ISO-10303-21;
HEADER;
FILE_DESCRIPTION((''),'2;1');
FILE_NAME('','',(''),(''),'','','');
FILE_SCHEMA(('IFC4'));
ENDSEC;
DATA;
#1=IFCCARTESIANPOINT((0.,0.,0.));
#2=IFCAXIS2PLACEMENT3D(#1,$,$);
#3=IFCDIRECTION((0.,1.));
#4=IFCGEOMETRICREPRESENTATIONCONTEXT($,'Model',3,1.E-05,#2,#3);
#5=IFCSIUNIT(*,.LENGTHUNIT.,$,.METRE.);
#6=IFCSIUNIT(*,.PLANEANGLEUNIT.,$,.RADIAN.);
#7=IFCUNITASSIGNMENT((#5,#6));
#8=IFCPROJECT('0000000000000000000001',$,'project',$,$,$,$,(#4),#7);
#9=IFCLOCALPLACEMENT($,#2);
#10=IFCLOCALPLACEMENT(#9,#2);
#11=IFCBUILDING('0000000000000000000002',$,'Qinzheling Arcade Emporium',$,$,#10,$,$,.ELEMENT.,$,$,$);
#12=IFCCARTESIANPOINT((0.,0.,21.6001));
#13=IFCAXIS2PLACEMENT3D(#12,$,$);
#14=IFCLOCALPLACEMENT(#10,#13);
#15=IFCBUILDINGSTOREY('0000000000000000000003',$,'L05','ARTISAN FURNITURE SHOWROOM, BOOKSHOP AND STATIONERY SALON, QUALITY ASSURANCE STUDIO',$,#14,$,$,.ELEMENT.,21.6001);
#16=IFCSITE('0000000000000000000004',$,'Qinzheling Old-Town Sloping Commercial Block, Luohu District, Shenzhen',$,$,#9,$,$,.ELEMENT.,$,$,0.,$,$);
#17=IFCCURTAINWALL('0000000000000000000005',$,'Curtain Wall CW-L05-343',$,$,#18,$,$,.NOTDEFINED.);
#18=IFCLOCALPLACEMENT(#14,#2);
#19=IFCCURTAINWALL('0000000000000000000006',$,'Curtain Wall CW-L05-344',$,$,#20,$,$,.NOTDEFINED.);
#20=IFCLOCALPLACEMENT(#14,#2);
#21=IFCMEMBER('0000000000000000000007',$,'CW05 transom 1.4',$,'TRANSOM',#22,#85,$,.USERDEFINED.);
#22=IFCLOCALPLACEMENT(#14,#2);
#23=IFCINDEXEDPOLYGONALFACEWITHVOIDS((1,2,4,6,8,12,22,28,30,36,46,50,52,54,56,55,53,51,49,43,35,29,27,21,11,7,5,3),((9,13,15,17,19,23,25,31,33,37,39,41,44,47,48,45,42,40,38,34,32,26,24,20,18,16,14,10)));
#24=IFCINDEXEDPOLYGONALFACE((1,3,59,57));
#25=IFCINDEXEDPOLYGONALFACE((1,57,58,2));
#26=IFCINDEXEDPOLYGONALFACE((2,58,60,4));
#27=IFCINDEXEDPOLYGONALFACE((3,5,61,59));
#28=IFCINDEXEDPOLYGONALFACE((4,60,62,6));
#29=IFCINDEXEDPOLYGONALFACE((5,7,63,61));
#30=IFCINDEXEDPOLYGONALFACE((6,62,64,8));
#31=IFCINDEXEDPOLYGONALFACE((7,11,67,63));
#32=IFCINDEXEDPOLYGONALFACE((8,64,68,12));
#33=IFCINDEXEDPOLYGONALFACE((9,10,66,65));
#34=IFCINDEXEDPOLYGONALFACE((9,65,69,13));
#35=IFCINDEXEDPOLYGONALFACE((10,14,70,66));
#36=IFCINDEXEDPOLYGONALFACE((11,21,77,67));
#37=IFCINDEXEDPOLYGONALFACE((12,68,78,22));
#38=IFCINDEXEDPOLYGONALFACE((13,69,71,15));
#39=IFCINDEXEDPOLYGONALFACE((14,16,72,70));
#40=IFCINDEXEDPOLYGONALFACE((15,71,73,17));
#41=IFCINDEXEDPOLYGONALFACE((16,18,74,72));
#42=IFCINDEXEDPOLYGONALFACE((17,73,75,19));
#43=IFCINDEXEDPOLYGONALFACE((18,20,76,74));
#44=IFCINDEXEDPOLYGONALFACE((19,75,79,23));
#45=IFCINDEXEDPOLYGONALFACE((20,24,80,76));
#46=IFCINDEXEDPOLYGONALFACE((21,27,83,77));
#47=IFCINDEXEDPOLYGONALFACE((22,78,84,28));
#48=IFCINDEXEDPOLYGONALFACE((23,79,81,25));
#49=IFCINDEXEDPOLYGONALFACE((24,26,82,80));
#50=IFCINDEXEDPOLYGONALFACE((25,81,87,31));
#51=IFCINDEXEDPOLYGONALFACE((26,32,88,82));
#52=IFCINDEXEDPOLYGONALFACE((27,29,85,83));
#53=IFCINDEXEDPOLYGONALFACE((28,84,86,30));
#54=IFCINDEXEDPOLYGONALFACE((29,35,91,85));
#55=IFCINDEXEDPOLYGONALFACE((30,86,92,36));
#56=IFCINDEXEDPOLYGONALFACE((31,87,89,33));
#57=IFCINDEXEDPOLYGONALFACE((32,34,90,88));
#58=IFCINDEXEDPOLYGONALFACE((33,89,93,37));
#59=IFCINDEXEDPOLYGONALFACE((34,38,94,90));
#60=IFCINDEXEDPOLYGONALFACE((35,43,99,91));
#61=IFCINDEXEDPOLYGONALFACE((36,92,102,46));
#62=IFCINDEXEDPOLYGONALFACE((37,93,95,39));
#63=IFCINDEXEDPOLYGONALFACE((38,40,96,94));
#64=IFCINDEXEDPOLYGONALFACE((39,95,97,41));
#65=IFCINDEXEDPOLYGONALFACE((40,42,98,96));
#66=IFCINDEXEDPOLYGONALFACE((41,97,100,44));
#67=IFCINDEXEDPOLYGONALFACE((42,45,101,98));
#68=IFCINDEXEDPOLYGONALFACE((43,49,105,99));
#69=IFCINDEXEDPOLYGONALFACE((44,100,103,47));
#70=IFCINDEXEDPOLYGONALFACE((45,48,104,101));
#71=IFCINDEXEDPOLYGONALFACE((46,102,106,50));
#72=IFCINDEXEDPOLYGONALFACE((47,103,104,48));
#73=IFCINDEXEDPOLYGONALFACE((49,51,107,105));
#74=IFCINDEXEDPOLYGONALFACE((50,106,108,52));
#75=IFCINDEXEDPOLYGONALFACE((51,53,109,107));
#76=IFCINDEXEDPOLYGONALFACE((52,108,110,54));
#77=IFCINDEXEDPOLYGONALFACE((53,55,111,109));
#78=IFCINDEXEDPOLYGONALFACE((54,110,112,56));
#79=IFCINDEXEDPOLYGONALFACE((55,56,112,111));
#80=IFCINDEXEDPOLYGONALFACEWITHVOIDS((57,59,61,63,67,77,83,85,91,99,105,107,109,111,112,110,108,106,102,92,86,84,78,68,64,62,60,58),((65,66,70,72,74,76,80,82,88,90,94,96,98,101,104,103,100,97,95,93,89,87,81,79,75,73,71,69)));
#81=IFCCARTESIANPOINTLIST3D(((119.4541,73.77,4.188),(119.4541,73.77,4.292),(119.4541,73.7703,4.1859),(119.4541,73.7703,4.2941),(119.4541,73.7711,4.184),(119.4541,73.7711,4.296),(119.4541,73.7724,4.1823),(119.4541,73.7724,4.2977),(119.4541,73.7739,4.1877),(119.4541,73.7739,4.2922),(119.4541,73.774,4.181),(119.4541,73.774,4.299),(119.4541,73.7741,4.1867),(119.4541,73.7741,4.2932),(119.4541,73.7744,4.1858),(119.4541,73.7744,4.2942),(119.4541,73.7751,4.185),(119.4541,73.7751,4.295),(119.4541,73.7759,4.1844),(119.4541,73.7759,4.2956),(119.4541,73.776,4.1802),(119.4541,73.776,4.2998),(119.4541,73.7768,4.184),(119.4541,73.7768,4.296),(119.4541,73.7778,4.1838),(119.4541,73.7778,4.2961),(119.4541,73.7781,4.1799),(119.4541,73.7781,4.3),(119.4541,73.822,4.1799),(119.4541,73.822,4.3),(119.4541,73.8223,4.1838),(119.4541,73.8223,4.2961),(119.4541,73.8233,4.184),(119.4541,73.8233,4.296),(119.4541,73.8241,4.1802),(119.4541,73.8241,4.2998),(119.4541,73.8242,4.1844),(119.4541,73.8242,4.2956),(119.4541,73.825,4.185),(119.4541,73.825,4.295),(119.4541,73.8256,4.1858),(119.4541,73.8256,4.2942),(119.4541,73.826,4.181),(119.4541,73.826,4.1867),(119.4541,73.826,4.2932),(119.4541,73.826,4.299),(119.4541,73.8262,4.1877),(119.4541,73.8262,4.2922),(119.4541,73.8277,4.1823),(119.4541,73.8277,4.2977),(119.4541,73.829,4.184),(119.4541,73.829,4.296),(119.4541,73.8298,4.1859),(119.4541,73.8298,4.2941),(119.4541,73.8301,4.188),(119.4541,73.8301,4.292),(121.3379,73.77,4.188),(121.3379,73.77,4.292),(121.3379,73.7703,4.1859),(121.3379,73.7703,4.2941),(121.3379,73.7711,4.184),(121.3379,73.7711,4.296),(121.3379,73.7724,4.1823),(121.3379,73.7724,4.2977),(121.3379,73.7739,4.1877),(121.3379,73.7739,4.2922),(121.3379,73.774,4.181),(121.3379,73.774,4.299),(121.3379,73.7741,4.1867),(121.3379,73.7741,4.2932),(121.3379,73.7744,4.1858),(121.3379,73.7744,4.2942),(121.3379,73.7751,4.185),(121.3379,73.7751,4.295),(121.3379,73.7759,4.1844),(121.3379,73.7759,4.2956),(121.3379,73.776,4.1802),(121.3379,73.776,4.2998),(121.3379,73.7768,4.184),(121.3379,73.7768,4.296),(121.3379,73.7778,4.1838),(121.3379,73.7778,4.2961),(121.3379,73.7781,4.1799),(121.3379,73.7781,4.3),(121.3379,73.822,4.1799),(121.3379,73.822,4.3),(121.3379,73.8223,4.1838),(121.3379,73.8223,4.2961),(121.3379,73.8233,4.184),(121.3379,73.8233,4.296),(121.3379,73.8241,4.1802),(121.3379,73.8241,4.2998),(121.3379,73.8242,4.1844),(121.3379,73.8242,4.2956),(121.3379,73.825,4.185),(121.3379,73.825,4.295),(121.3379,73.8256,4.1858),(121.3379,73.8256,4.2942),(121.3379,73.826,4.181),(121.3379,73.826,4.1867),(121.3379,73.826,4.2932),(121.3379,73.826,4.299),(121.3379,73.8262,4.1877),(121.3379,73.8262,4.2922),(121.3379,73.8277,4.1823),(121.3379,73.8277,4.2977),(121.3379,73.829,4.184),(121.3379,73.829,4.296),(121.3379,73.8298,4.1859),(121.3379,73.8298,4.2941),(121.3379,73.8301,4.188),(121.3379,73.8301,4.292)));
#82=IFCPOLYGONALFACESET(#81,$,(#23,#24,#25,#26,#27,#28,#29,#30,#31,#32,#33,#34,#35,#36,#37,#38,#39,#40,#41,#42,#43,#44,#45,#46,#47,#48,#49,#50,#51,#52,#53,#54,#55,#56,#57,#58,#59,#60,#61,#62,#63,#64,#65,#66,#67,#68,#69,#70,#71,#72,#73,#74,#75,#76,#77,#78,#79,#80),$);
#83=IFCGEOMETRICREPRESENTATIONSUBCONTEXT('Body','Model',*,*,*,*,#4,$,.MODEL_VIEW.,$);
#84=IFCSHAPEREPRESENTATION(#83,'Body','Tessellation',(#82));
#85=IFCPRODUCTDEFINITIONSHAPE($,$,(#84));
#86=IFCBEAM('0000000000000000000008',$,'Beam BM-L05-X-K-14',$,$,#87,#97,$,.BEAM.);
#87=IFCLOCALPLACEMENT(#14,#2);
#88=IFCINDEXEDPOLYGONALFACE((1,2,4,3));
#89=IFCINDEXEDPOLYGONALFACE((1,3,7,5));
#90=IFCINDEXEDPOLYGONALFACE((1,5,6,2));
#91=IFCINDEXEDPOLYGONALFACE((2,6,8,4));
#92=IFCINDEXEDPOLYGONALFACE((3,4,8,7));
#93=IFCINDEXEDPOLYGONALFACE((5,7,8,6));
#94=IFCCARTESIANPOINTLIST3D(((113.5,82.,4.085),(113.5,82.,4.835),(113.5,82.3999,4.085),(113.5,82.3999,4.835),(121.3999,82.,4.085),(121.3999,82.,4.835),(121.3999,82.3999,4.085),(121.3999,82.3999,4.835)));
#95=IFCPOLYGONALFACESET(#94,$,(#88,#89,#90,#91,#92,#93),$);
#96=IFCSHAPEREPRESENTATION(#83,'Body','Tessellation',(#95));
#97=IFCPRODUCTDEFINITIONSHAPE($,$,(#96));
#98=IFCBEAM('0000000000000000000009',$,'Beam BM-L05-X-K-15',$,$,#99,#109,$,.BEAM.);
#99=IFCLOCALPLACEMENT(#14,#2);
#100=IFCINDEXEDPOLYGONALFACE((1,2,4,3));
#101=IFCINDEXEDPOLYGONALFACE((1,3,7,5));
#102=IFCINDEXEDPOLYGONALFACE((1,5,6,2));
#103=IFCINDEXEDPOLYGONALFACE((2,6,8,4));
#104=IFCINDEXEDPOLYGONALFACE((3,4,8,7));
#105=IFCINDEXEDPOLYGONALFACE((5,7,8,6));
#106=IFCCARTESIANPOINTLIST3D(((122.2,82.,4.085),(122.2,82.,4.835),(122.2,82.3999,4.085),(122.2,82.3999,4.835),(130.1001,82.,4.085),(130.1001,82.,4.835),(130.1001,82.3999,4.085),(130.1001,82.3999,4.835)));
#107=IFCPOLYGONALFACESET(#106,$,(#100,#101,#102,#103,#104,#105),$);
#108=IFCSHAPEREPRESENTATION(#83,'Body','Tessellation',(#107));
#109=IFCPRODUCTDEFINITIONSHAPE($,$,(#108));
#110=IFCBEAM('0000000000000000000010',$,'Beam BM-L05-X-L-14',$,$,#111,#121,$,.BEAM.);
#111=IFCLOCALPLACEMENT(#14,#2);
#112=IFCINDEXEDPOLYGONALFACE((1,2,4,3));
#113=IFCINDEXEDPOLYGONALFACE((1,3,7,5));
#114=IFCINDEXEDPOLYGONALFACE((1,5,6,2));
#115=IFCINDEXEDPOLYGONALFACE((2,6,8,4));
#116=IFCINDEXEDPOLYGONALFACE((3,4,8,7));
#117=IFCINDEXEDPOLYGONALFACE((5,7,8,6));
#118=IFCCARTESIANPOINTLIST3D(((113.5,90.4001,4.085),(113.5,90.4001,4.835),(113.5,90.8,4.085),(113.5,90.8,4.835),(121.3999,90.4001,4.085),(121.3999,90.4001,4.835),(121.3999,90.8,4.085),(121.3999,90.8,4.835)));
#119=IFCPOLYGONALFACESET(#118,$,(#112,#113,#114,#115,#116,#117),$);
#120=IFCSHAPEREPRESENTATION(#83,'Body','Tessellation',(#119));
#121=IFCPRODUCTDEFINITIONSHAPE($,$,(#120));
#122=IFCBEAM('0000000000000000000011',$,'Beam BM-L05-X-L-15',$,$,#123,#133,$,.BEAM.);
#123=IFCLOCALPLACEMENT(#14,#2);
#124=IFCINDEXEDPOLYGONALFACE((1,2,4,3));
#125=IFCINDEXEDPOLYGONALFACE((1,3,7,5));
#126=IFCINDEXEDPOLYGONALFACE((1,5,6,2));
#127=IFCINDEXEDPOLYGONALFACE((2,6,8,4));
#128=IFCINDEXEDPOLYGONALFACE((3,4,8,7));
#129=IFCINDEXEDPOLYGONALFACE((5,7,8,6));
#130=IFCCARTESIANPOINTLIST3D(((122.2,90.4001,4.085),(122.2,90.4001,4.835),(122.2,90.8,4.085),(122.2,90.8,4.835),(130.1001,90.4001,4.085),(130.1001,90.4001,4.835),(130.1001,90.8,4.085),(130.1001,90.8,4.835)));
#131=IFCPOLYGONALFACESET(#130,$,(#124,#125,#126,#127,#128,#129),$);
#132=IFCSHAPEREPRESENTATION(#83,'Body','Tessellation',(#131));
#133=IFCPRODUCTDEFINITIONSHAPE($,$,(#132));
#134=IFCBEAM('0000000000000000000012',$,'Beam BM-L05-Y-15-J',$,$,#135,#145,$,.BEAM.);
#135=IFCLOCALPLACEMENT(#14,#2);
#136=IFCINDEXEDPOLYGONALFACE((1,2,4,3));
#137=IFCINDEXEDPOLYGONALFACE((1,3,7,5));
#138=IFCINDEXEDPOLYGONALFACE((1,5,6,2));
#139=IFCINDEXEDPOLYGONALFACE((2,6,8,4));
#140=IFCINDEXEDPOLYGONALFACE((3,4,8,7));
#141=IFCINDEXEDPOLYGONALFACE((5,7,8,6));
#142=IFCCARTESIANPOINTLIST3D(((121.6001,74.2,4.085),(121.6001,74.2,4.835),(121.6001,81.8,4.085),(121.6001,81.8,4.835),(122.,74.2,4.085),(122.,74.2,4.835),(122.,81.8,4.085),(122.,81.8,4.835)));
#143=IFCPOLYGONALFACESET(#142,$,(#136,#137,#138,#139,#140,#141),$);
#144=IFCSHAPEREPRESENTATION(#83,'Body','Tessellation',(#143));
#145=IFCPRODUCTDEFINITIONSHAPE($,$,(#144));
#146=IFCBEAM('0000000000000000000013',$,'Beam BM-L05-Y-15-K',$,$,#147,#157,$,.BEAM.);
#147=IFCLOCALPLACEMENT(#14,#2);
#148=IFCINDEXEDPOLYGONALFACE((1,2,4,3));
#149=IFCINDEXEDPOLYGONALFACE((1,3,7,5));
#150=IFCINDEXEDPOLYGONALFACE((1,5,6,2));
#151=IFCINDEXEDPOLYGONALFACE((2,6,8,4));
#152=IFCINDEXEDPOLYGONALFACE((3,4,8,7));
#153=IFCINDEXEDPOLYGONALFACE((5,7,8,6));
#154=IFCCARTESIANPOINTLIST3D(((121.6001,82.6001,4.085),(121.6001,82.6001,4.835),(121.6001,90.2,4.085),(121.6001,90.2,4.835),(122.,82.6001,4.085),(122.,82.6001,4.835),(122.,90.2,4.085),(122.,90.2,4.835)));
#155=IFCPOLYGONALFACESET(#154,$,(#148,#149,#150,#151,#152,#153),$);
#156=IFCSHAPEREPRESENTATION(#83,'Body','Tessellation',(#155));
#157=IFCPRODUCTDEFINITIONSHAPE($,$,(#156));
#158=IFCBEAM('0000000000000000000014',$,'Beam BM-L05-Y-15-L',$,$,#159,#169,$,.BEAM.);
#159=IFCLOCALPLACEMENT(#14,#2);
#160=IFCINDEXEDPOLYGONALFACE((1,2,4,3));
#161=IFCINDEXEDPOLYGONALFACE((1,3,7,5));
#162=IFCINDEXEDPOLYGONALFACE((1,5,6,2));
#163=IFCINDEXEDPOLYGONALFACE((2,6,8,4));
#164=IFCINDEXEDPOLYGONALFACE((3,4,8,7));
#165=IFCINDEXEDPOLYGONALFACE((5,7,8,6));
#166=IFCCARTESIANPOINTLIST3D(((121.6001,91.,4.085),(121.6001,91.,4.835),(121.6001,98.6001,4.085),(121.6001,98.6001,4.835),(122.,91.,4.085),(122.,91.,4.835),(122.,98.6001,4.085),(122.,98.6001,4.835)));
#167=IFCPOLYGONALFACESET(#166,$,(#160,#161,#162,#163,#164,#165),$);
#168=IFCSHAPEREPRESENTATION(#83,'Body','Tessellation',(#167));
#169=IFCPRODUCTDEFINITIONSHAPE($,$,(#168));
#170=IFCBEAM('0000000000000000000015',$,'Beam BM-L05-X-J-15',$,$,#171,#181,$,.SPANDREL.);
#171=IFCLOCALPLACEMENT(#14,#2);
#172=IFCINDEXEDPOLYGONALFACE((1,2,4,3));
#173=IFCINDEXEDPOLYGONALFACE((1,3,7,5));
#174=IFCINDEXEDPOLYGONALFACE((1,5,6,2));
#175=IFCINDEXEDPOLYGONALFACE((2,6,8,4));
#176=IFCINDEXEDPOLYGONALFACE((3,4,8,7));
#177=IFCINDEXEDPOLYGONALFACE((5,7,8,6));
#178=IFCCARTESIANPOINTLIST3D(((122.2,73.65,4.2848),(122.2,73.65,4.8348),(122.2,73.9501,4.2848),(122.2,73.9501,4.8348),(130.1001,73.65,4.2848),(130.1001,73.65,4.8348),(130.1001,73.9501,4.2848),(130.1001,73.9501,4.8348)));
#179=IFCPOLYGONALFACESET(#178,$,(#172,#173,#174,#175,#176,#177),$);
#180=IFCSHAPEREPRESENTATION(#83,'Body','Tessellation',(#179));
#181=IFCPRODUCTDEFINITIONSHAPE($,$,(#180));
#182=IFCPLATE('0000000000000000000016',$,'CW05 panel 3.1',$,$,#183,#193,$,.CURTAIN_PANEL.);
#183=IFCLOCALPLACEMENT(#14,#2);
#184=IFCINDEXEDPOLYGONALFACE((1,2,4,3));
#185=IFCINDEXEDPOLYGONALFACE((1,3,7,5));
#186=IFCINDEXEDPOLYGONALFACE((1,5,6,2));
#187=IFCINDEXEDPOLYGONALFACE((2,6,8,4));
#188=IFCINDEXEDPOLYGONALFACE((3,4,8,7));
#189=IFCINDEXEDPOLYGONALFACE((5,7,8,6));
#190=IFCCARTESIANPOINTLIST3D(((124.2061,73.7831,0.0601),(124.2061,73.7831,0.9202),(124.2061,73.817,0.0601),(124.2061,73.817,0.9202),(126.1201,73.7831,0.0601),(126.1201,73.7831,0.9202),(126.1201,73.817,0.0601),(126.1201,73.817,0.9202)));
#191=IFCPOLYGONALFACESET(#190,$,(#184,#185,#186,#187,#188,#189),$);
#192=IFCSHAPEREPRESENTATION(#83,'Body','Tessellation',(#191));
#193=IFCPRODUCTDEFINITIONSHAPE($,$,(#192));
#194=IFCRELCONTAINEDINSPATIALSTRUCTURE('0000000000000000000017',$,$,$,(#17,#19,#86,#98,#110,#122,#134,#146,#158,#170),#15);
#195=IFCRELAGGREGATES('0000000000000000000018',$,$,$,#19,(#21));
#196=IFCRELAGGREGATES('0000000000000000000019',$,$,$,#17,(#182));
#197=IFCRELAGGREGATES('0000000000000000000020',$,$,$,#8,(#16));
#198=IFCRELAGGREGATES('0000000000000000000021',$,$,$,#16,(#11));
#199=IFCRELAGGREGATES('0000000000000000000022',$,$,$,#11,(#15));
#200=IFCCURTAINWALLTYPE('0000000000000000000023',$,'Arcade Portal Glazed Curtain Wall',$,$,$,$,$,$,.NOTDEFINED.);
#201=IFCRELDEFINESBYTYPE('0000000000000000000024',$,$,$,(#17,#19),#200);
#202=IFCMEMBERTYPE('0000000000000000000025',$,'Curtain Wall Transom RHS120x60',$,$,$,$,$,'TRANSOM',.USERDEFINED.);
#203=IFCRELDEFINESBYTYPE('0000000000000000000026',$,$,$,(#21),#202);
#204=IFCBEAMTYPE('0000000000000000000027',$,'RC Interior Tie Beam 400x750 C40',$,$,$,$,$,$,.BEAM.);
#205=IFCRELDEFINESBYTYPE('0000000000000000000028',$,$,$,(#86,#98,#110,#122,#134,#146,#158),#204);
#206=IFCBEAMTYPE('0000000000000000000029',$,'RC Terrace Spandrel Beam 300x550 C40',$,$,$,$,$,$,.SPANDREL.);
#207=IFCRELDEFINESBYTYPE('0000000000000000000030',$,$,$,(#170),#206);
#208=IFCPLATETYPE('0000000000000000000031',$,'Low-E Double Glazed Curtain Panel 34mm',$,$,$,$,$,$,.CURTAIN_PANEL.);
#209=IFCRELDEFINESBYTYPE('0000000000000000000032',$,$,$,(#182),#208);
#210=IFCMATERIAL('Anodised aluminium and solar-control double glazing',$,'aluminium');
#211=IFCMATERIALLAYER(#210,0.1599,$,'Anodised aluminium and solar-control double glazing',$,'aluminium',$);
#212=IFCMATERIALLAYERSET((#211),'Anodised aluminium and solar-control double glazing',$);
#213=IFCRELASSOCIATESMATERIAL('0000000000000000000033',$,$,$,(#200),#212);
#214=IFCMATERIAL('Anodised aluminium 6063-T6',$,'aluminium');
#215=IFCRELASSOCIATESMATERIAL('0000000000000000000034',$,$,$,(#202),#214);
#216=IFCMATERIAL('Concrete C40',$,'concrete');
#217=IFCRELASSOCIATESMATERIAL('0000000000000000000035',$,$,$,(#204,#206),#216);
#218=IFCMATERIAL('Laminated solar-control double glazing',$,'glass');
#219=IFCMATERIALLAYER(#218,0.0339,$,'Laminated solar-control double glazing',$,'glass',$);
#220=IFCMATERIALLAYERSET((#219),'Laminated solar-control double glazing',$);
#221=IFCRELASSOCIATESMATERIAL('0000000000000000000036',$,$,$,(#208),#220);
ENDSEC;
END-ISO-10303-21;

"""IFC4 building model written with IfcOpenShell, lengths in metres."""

from ifc_helpers import new_model, si_unit, direction, frame, origin, origin_2d, place, context, subcontext, project, spatial, rectangle, hollow_rectangle, extrude, material, layer, layer_set, material_profile, profile_set, type_object, element, aggregate, save


model = new_model("IFC4")

# Units and contexts
model_context = context("Model", 3, precision=1e-05, world=origin(), true_north=direction((0.0, 1.0)))
body_context = subcontext(model_context, "Body", "Model", "MODEL_VIEW")
ifc_project = project(units=[si_unit("LENGTHUNIT", "METRE"), si_unit("PLANEANGLEUNIT", "RADIAN")], contexts=[model_context])

# Site, building, storey
site_placement = place(None, origin())
site = spatial("IfcSite", under=ifc_project, at=site_placement, Name="Qinzheling Old-Town Sloping Commercial Block, Luohu District, Shenzhen", CompositionType="ELEMENT", RefElevation=0.0)
building_placement = place(site_placement, origin())
building = spatial("IfcBuilding", under=site, at=building_placement, Name="Qinzheling Arcade Emporium", CompositionType="ELEMENT")
storey_placement = place(building_placement, frame((0.0, 0.0, 21.6001)))
storey = spatial("IfcBuildingStorey", under=building, at=storey_placement, Name="L05", Description="ARTISAN FURNITURE SHOWROOM, BOOKSHOP AND STATIONERY SALON, QUALITY ASSURANCE STUDIO", CompositionType="ELEMENT", Elevation=21.6001)

# Shared definitions
ifc_material_1 = material(Name="Concrete C40", Category="concrete")

# Curtain wall
ifc_material_2 = material(Name="Anodised aluminium and solar-control double glazing", Category="aluminium")
ifc_layer_1 = layer(ifc_material_2, 0.1599, Name="Anodised aluminium and solar-control double glazing", Category="aluminium")
ifc_layer_set_1 = layer_set([ifc_layer_1], Name="Anodised aluminium and solar-control double glazing")
curtain_wall_type = type_object("IfcCurtainWallType", Name="Arcade Portal Glazed Curtain Wall", PredefinedType="NOTDEFINED", material=ifc_layer_set_1)
curtain_wall_1_placement = place(storey_placement, origin())
curtain_wall_1 = element("IfcCurtainWall", 1, at=curtain_wall_1_placement, inside=storey, type_object=curtain_wall_type, Name="Curtain Wall CW-L05-343", PredefinedType="NOTDEFINED")
ifc_material_3 = material(Name="Anodised aluminium 6063-T6", Category="aluminium")

# Curtain wall
curtain_wall_2_placement = place(storey_placement, origin())
curtain_wall_2 = element("IfcCurtainWall", 2, at=curtain_wall_2_placement, inside=storey, type_object=curtain_wall_type, Name="Curtain Wall CW-L05-344", PredefinedType="NOTDEFINED")

# Member
ifc_material_profile_1 = material_profile(ifc_material_3, hollow_rectangle(XDim=0.0601, YDim=0.1201, WallThickness=0.0039, InnerFilletRadius=0.0039, OuterFilletRadius=0.0081, at=origin_2d()), Name="RHS 120x60x4", Category="aluminium")
ifc_profile_set_1 = profile_set([ifc_material_profile_1], Name="Anodised aluminium 6063-T6")
member_type_1 = type_object("IfcMemberType", Name="Curtain Wall Transom RHS120x60", ElementType="TRANSOM", PredefinedType="USERDEFINED", material=ifc_profile_set_1)
member_1_placement = place(storey_placement, frame((121.3379, 73.8, 4.24), z_axis=(-1.0, 0.0, 0.0), x_axis=(0.0, -1.0, 0.0)))
member_1 = element("IfcMember", 3, at=member_1_placement, type_object=member_type_1, Name="CW05 transom 1.4", ObjectType="TRANSOM", PredefinedType="USERDEFINED", context=body_context, shape_type="SweptSolid", body=[
    extrude(hollow_rectangle(XDim=0.0601, YDim=0.1201, WallThickness=0.0039, InnerFilletRadius=0.0039, OuterFilletRadius=0.0081, at=origin_2d()), origin(), (0.0, 0.0, 1.0), 1.8838),
])
aggregate(curtain_wall_2, [member_1])

# Beams
ifc_material_profile_2 = material_profile(ifc_material_1, rectangle(XDim=0.3999, YDim=0.75, at=origin_2d()), Name="RC 400x750", Category="concrete")
ifc_profile_set_2 = profile_set([ifc_material_profile_2], Name="Concrete C40")
beam_type_1 = type_object("IfcBeamType", Name="RC Interior Tie Beam 400x750 C40", PredefinedType="BEAM", material=ifc_profile_set_2)
beam_1_placement = place(storey_placement, frame((113.5, 82.2, 4.46), z_axis=(1.0, 0.0, 0.0), x_axis=(0.0, 1.0, 0.0)))
element("IfcBeam", 4, at=beam_1_placement, inside=storey, type_object=beam_type_1, Name="Beam BM-L05-X-K-14", PredefinedType="BEAM", context=body_context, shape_type="SweptSolid", body=[
    extrude(rectangle(XDim=0.3999, YDim=0.75, at=origin_2d()), origin(), (0.0, 0.0, 1.0), 7.8999),
])
beam_2_placement = place(storey_placement, frame((122.2, 82.2, 4.46), z_axis=(1.0, 0.0, 0.0), x_axis=(0.0, 1.0, 0.0)))
element("IfcBeam", 5, at=beam_2_placement, inside=storey, type_object=beam_type_1, Name="Beam BM-L05-X-K-15", PredefinedType="BEAM", context=body_context, shape_type="SweptSolid", body=[
    extrude(rectangle(XDim=0.3999, YDim=0.75, at=origin_2d()), origin(), (0.0, 0.0, 1.0), 7.9001),
])
beam_3_placement = place(storey_placement, frame((113.5, 90.6001, 4.46), z_axis=(1.0, 0.0, 0.0), x_axis=(0.0, 1.0, 0.0)))
element("IfcBeam", 6, at=beam_3_placement, inside=storey, type_object=beam_type_1, Name="Beam BM-L05-X-L-14", PredefinedType="BEAM", context=body_context, shape_type="SweptSolid", body=[
    extrude(rectangle(XDim=0.3999, YDim=0.75, at=origin_2d()), origin(), (0.0, 0.0, 1.0), 7.8999),
])
beam_4_placement = place(storey_placement, frame((122.2, 90.6001, 4.46), z_axis=(1.0, 0.0, 0.0), x_axis=(0.0, 1.0, 0.0)))
element("IfcBeam", 7, at=beam_4_placement, inside=storey, type_object=beam_type_1, Name="Beam BM-L05-X-L-15", PredefinedType="BEAM", context=body_context, shape_type="SweptSolid", body=[
    extrude(rectangle(XDim=0.3999, YDim=0.75, at=origin_2d()), origin(), (0.0, 0.0, 1.0), 7.9001),
])
beam_5_placement = place(storey_placement, frame((121.8, 74.2, 4.46), z_axis=(0.0, 1.0, 0.0), x_axis=(-1.0, 0.0, 0.0)))
element("IfcBeam", 8, at=beam_5_placement, inside=storey, type_object=beam_type_1, Name="Beam BM-L05-Y-15-J", PredefinedType="BEAM", context=body_context, shape_type="SweptSolid", body=[
    extrude(rectangle(XDim=0.3999, YDim=0.75, at=origin_2d()), origin(), (0.0, 0.0, 1.0), 7.6001),
])
beam_6_placement = place(storey_placement, frame((121.8, 82.6001, 4.46), z_axis=(0.0, 1.0, 0.0), x_axis=(-1.0, 0.0, 0.0)))
element("IfcBeam", 9, at=beam_6_placement, inside=storey, type_object=beam_type_1, Name="Beam BM-L05-Y-15-K", PredefinedType="BEAM", context=body_context, shape_type="SweptSolid", body=[
    extrude(rectangle(XDim=0.3999, YDim=0.75, at=origin_2d()), origin(), (0.0, 0.0, 1.0), 7.5999),
])
beam_7_placement = place(storey_placement, frame((121.8, 91.0, 4.46), z_axis=(0.0, 1.0, 0.0), x_axis=(-1.0, 0.0, 0.0)))
element("IfcBeam", 10, at=beam_7_placement, inside=storey, type_object=beam_type_1, Name="Beam BM-L05-Y-15-L", PredefinedType="BEAM", context=body_context, shape_type="SweptSolid", body=[
    extrude(rectangle(XDim=0.3999, YDim=0.75, at=origin_2d()), origin(), (0.0, 0.0, 1.0), 7.6001),
])
ifc_material_profile_3 = material_profile(ifc_material_1, rectangle(XDim=0.3, YDim=0.55, at=origin_2d()), Name="RC 300x550", Category="concrete")
ifc_profile_set_3 = profile_set([ifc_material_profile_3], Name="Concrete C40")
beam_type_2 = type_object("IfcBeamType", Name="RC Terrace Spandrel Beam 300x550 C40", PredefinedType="SPANDREL", material=ifc_profile_set_3)
beam_8_placement = place(storey_placement, frame((122.2, 73.8, 4.5598), z_axis=(1.0, 0.0, 0.0), x_axis=(0.0, 1.0, 0.0)))
element("IfcBeam", 11, at=beam_8_placement, inside=storey, type_object=beam_type_2, Name="Beam BM-L05-X-J-15", PredefinedType="SPANDREL", context=body_context, shape_type="SweptSolid", body=[
    extrude(rectangle(XDim=0.3, YDim=0.55, at=origin_2d()), origin(), (0.0, 0.0, 1.0), 7.9001),
])

# Plate
ifc_material_4 = material(Name="Laminated solar-control double glazing", Category="glass")
ifc_layer_2 = layer(ifc_material_4, 0.0339, Name="Laminated solar-control double glazing", Category="glass")
ifc_layer_set_2 = layer_set([ifc_layer_2], Name="Laminated solar-control double glazing")
plate_type = type_object("IfcPlateType", Name="Low-E Double Glazed Curtain Panel 34mm", PredefinedType="CURTAIN_PANEL", material=ifc_layer_set_2)
plate_1_placement = place(storey_placement, frame((125.1631, 73.8, 0.0601), z_axis=(0.0, 0.0, 1.0), x_axis=(-1.0, 0.0, 0.0)))
plate_1 = element("IfcPlate", 12, at=plate_1_placement, type_object=plate_type, Name="CW05 panel 3.1", PredefinedType="CURTAIN_PANEL", context=body_context, shape_type="SweptSolid", body=[
    extrude(rectangle(XDim=1.9141, YDim=0.0339, at=origin_2d()), origin(), (0.0, 0.0, 1.0), 0.8601),
])
aggregate(curtain_wall_1, [plate_1])

save(model, "model.ifc")
